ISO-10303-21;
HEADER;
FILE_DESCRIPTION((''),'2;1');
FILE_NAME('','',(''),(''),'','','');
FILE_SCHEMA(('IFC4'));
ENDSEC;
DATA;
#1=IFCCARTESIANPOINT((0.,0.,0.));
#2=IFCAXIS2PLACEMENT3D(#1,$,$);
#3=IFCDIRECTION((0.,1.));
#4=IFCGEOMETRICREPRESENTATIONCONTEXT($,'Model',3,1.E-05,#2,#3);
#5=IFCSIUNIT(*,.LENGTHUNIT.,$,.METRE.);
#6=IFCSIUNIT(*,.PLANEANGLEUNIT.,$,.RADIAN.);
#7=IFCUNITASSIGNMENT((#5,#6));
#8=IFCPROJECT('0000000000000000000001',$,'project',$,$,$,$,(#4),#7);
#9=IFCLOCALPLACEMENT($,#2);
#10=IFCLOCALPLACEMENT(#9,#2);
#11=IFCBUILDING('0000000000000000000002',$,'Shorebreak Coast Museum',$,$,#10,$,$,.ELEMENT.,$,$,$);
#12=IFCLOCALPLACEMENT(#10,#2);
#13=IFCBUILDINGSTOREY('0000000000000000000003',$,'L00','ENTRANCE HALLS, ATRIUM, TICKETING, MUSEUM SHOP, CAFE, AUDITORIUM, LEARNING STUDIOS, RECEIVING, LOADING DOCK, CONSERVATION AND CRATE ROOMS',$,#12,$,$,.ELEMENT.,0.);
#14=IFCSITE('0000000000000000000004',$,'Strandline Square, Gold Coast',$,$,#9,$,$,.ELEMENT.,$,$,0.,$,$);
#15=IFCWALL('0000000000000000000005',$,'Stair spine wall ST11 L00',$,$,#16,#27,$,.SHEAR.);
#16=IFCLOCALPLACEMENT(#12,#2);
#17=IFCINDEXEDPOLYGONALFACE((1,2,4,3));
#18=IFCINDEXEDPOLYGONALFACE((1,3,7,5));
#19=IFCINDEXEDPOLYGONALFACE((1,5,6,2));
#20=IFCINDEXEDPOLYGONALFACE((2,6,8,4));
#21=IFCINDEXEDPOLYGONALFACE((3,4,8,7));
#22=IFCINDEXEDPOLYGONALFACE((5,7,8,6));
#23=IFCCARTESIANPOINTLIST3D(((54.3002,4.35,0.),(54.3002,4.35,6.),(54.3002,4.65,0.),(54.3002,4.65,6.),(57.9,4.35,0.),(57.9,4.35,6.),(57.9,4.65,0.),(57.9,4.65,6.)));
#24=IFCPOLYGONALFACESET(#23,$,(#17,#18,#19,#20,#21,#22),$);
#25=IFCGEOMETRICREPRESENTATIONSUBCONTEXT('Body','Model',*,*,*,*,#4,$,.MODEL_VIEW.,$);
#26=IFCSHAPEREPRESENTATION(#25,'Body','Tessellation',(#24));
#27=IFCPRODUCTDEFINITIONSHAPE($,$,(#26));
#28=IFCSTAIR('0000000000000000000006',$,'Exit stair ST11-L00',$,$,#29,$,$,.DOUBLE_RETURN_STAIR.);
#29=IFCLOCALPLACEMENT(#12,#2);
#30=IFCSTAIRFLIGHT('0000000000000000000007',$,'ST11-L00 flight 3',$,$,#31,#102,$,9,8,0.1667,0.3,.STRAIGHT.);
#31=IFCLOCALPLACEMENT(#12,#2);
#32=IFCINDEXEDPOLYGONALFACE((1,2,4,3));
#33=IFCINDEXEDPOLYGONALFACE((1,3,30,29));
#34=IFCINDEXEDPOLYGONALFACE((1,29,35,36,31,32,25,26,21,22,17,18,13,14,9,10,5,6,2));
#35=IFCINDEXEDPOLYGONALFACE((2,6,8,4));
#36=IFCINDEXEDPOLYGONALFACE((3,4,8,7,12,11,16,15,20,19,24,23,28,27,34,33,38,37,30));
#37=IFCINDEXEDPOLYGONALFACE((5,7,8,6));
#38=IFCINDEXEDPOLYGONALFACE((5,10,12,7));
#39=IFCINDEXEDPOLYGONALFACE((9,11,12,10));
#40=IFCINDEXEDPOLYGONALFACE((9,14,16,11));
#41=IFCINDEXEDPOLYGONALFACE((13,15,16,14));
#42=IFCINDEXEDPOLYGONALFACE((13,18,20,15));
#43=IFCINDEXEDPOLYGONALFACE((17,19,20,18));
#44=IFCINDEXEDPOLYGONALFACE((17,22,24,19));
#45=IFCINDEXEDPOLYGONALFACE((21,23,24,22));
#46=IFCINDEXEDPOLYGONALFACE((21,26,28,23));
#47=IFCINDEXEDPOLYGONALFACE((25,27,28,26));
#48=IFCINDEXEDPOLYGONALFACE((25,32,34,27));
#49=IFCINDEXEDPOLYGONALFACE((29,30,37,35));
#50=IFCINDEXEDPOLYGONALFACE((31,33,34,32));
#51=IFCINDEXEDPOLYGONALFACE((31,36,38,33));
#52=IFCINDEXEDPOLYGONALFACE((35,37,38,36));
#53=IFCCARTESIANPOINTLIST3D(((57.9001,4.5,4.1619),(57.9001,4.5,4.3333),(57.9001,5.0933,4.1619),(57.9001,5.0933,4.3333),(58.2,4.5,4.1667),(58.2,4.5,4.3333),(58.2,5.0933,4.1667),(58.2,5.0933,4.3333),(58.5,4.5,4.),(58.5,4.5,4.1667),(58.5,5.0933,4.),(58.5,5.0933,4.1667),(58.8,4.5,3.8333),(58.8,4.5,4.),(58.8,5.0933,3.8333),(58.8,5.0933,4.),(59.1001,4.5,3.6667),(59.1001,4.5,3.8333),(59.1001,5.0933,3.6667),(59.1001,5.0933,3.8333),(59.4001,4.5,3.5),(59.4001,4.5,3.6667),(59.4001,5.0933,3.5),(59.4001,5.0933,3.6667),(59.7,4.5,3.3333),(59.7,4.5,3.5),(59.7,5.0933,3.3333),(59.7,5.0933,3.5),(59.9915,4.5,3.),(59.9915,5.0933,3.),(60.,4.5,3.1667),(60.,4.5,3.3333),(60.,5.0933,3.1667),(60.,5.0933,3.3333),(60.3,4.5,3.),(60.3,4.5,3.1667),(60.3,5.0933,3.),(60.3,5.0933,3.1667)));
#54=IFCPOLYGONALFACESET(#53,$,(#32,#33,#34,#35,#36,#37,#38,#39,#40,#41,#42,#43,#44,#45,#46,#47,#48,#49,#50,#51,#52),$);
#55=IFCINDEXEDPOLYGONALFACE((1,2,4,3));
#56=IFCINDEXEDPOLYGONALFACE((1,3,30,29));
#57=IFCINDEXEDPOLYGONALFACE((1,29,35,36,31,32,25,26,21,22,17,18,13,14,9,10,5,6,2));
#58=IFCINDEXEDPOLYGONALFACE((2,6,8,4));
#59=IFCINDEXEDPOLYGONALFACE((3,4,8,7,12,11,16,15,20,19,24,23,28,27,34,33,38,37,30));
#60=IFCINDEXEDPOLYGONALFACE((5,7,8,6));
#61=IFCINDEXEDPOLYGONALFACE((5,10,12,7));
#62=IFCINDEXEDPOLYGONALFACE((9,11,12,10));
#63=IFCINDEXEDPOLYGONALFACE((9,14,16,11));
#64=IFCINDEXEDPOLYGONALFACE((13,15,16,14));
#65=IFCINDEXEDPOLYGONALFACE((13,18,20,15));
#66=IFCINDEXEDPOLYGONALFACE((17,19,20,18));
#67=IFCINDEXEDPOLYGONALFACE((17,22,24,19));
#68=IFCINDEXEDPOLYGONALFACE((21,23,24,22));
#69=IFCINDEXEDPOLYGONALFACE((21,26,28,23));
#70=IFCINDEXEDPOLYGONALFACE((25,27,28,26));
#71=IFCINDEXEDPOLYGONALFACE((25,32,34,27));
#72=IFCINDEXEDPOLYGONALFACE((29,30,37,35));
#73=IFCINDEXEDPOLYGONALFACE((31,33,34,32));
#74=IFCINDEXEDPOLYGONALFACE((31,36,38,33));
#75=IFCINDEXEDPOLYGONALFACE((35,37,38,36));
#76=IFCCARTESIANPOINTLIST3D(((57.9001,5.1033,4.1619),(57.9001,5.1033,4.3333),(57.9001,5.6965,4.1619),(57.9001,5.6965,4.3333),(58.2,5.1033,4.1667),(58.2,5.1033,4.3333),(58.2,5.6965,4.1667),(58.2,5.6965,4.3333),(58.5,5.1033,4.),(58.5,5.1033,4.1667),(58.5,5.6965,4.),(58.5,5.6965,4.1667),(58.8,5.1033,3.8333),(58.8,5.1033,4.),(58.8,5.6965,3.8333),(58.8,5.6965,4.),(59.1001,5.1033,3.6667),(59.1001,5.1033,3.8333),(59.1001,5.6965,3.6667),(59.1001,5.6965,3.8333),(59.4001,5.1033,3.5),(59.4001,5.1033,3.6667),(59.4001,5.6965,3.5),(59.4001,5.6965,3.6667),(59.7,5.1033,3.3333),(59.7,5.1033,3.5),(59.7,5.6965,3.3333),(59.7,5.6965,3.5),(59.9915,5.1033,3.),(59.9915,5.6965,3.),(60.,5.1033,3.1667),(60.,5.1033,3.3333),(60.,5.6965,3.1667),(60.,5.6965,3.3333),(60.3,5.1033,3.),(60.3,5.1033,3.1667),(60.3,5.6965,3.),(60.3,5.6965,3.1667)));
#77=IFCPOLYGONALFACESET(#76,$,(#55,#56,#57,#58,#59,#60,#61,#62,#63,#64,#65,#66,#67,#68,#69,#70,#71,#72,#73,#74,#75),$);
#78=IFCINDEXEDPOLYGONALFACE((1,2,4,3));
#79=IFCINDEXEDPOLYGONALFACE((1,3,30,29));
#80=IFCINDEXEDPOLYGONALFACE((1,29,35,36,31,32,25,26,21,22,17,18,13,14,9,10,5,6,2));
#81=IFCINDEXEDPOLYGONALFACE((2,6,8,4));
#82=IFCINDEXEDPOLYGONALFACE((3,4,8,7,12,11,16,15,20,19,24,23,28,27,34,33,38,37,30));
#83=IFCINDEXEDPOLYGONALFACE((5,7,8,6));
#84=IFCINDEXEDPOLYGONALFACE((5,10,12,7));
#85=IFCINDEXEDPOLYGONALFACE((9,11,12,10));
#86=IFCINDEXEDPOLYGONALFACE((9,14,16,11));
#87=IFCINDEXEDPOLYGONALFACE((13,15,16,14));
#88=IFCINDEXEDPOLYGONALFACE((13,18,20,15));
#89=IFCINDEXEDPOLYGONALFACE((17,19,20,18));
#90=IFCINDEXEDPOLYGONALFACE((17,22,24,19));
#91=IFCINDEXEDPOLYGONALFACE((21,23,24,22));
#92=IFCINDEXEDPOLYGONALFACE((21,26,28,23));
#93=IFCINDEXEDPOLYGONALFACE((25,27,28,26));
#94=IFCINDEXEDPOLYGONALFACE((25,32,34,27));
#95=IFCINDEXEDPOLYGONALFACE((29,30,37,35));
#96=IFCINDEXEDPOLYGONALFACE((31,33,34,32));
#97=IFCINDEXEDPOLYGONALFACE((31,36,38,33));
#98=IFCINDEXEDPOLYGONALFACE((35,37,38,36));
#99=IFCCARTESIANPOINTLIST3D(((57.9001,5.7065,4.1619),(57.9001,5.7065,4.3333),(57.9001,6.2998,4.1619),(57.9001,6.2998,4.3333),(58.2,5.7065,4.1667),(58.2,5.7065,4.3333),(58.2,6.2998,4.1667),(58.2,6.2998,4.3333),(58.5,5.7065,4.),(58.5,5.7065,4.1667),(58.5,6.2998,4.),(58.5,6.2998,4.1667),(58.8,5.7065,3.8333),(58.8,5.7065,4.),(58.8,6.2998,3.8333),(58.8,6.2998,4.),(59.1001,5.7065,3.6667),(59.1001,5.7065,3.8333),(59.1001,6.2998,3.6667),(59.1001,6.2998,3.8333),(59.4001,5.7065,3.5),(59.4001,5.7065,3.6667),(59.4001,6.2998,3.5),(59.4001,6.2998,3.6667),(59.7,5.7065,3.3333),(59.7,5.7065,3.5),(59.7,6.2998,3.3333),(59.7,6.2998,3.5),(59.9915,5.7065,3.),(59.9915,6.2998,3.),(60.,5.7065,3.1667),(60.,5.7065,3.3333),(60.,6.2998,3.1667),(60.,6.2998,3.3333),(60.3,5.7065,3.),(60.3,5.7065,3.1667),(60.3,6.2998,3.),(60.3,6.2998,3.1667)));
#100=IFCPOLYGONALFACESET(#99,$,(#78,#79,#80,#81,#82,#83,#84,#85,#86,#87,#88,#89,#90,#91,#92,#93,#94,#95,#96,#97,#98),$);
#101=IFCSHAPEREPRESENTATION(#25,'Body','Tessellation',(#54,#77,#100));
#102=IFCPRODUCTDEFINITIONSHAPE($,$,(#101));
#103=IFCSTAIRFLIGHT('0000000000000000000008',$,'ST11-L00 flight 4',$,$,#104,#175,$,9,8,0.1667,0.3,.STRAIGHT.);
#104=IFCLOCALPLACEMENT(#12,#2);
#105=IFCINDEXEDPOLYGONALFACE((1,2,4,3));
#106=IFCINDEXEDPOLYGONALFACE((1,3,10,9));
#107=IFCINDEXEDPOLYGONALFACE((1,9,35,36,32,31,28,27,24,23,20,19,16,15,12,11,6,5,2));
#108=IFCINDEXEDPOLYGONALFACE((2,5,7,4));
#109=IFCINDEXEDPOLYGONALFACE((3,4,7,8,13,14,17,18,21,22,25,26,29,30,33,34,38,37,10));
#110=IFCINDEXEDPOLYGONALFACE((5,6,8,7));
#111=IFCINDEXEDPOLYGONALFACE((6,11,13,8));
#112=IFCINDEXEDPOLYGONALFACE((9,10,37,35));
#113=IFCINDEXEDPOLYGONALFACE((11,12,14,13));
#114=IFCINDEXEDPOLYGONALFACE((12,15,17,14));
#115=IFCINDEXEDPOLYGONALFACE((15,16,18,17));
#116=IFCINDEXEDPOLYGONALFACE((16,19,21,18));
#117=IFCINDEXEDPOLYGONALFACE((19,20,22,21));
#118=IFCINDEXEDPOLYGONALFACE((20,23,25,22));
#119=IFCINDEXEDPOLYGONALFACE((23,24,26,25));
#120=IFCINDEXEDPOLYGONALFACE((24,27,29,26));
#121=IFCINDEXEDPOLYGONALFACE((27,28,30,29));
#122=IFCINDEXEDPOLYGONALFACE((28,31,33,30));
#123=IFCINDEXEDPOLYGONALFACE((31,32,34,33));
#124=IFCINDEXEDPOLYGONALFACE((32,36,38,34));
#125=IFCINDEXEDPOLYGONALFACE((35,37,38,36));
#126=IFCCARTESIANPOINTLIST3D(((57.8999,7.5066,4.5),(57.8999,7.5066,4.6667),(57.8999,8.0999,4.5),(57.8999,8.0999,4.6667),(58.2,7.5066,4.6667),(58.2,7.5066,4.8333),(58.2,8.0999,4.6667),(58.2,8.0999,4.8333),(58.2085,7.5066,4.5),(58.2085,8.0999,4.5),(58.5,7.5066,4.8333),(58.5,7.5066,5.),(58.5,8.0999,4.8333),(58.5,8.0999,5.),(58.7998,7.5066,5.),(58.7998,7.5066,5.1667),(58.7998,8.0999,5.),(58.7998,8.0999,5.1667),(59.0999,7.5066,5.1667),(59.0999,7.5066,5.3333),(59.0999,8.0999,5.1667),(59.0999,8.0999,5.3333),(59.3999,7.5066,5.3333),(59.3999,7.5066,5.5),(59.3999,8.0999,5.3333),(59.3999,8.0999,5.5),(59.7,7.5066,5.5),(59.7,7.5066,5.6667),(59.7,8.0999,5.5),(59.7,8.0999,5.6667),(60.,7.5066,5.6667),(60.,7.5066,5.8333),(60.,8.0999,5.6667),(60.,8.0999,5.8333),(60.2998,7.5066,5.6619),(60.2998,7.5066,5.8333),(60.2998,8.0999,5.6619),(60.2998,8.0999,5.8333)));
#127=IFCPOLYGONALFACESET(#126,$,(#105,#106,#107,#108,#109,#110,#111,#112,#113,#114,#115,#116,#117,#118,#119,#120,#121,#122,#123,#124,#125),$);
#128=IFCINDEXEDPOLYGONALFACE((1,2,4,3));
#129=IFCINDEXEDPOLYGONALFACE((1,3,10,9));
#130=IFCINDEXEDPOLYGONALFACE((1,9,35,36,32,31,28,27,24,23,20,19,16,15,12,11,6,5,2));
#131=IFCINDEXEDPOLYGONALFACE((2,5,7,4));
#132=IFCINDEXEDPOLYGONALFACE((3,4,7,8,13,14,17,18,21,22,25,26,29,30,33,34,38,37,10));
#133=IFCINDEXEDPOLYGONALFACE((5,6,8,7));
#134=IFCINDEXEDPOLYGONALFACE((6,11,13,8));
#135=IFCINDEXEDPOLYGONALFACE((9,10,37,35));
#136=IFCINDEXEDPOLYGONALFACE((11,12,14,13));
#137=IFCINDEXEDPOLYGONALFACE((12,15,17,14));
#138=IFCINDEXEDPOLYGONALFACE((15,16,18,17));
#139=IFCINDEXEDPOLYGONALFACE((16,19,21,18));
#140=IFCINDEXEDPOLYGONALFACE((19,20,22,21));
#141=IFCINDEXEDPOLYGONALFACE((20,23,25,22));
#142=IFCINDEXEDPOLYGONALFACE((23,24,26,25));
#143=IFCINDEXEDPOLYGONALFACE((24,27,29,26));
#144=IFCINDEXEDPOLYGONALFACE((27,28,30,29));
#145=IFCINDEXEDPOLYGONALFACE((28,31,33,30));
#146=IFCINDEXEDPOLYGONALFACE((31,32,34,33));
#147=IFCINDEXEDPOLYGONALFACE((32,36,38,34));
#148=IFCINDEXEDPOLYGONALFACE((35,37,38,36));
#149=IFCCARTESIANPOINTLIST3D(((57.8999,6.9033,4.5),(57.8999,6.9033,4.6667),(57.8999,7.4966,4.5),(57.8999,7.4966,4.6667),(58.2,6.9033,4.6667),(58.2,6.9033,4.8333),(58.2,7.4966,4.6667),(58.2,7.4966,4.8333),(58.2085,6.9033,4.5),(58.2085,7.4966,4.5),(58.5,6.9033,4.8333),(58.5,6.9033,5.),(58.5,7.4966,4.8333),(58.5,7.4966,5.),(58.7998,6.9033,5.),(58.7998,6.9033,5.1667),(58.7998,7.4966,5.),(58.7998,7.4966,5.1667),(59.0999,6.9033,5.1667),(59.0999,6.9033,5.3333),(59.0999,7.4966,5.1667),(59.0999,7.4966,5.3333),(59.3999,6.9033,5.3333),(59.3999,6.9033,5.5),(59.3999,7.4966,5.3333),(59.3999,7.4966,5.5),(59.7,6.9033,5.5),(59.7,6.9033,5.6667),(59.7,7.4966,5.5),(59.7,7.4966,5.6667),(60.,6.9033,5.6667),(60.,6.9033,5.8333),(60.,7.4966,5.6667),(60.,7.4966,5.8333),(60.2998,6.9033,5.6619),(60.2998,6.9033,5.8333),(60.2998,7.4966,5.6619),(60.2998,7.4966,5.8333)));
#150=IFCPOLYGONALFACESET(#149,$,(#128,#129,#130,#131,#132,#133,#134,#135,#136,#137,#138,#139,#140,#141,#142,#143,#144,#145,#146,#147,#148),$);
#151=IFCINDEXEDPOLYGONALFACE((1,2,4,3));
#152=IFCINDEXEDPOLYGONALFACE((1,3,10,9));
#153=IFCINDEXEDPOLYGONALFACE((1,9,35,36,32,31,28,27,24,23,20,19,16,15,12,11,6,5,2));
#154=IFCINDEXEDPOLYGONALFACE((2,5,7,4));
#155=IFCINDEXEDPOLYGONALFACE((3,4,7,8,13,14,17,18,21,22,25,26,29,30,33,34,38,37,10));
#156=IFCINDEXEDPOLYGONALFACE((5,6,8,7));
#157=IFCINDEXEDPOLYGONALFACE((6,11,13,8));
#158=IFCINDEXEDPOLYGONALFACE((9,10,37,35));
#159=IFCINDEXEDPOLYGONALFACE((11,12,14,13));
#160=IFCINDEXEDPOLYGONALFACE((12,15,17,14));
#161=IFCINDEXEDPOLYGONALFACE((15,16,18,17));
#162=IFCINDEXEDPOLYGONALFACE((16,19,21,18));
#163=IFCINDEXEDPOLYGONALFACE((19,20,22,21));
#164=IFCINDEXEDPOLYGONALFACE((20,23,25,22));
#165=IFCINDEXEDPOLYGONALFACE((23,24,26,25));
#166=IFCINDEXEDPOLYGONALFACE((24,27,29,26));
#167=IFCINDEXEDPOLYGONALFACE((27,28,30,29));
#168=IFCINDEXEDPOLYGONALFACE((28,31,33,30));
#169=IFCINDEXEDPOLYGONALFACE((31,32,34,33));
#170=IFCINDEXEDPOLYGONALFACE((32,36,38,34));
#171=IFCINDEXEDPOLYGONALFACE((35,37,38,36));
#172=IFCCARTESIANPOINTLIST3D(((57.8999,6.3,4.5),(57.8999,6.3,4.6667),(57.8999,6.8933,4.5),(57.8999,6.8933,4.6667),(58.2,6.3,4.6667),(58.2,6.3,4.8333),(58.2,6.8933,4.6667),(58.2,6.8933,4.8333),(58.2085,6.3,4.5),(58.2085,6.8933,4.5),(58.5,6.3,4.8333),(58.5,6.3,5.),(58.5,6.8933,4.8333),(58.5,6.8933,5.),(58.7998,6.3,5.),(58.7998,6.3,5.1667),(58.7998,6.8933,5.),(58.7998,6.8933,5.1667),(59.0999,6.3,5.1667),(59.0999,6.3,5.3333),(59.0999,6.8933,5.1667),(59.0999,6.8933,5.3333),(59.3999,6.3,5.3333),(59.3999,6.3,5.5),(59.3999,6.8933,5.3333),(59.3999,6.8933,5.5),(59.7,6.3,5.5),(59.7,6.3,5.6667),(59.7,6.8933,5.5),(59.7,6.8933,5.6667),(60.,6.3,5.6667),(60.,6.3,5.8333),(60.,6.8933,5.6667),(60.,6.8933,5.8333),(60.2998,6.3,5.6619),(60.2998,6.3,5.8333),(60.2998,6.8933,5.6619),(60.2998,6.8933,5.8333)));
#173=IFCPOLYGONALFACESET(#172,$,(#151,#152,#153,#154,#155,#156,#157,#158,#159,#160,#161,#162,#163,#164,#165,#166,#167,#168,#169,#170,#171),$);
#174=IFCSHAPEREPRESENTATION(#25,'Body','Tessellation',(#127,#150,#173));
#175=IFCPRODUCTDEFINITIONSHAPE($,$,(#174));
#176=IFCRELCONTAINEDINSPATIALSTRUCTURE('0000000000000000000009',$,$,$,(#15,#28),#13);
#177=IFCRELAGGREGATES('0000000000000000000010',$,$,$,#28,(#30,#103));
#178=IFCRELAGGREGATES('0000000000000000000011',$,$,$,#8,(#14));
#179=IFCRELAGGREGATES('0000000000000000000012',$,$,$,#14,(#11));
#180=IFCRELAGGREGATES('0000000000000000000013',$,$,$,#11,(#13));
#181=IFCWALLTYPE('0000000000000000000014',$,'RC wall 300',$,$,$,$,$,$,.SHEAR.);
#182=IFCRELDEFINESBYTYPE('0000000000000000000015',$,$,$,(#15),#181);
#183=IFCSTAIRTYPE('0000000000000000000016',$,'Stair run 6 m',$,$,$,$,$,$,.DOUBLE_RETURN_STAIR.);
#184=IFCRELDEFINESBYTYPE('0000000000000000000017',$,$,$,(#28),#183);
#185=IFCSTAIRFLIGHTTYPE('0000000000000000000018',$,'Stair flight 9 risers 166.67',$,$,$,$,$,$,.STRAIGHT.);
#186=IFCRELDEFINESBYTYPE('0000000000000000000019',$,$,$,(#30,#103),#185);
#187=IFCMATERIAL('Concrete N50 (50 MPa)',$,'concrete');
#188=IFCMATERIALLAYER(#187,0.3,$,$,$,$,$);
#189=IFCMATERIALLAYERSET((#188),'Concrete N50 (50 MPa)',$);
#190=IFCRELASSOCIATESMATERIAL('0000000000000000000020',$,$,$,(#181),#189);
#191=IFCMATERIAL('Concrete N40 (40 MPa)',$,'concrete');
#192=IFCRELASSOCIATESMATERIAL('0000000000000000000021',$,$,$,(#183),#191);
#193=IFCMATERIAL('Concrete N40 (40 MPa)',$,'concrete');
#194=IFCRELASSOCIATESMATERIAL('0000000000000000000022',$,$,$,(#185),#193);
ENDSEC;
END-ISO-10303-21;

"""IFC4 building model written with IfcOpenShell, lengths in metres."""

from ifc_helpers import new_model, si_unit, direction, frame, frame_2d, origin, place, context, subcontext, project, spatial, polyline, rectangle, outline, extrude, material, layer, layer_set, type_object, element, aggregate, save


model = new_model("IFC4")

# Units and contexts
model_context = context("Model", 3, precision=1e-05, world=origin(), true_north=direction((0.0, 1.0)))
body_context = subcontext(model_context, "Body", "Model", "MODEL_VIEW")
ifc_project = project(units=[si_unit("LENGTHUNIT", "METRE"), si_unit("PLANEANGLEUNIT", "RADIAN")], contexts=[model_context])

# Site, building, storey
site_placement = place(None, origin())
site = spatial("IfcSite", under=ifc_project, at=site_placement, Name="Strandline Square, Gold Coast", CompositionType="ELEMENT", RefElevation=0.0)
building_placement = place(site_placement, origin())
building = spatial("IfcBuilding", under=site, at=building_placement, Name="Shorebreak Coast Museum", CompositionType="ELEMENT")
storey_placement = place(building_placement, origin())
storey = spatial("IfcBuildingStorey", under=building, at=storey_placement, Name="L00", Description="ENTRANCE HALLS, ATRIUM, TICKETING, MUSEUM SHOP, CAFE, AUDITORIUM, LEARNING STUDIOS, RECEIVING, LOADING DOCK, CONSERVATION AND CRATE ROOMS", CompositionType="ELEMENT", Elevation=0.0)

# Wall
ifc_material_1 = material(Name="Concrete N50 (50 MPa)", Category="concrete")
ifc_layer_1 = layer(ifc_material_1, 0.3)
ifc_layer_set_1 = layer_set([ifc_layer_1], Name="Concrete N50 (50 MPa)")
wall_type_1 = type_object("IfcWallType", Name="RC wall 300", PredefinedType="SHEAR", material=ifc_layer_set_1)
wall_1_placement = place(storey_placement, frame((57.8999, 4.5, 0.0), z_axis=(0.0, 0.0, 1.0), x_axis=(-1.0, 0.0, 0.0)))
element("IfcWall", 1, at=wall_1_placement, inside=storey, type_object=wall_type_1, Name="Stair spine wall ST11 L00", PredefinedType="SHEAR", context=body_context, shape_type="SweptSolid", body=[
    extrude(rectangle(XDim=3.5999, YDim=0.3, at=frame_2d((1.7998, 0.0))), origin(), (0.0, 0.0, 1.0), 6.0),
])

# Stair, stair flights
ifc_material_2 = material(Name="Concrete N40 (40 MPa)", Category="concrete")
stair_type = type_object("IfcStairType", Name="Stair run 6 m", PredefinedType="DOUBLE_RETURN_STAIR", material=ifc_material_2)
stair_placement = place(storey_placement, origin())
stair = element("IfcStair", 2, at=stair_placement, inside=storey, type_object=stair_type, Name="Exit stair ST11-L00", PredefinedType="DOUBLE_RETURN_STAIR")
ifc_material_3 = material(Name="Concrete N40 (40 MPa)", Category="concrete")
stair_flight_type = type_object("IfcStairFlightType", Name="Stair flight 9 risers 166.67", PredefinedType="STRAIGHT", material=ifc_material_3)
stair_flight_1_placement = place(storey_placement, frame((60.3, 5.3999, 3.0), z_axis=(0.0, 0.0, 1.0), x_axis=(-1.0, 0.0, 0.0)))
stair_flight_1 = element("IfcStairFlight", 3, at=stair_flight_1_placement, type_object=stair_flight_type, Name="ST11-L00 flight 3", NumberOfRisers=9, NumberOfTreads=8, PredefinedType="STRAIGHT", RiserHeight=0.1667, TreadLength=0.3, context=body_context, shape_type="SweptSolid", body=[
    extrude(outline(polyline([(0.0, 0.0), (0.0, 0.1667), (0.3, 0.1667), (0.3, 0.3333), (0.6001, 0.3333), (0.6001, 0.5), (0.8999, 0.5), (0.8999, 0.6667), (1.2, 0.6667), (1.2, 0.8333), (1.5, 0.8333), (1.5, 1.0), (1.8, 1.0), (1.8, 1.1667), (2.1001, 1.1667), (2.1001, 1.3333), (2.3999, 1.3333), (2.3999, 1.5), (2.3999, 1.1619), (0.3086, 0.0), (0.0, 0.0)])), frame((0.0, 0.8999, 0.0), z_axis=(0.0, -1.0, 0.0), x_axis=(1.0, 0.0, 0.0)), (0.0, 0.0, 1.0), 0.5933),
    extrude(outline(polyline([(0.0, 0.0), (0.0, 0.1667), (0.3, 0.1667), (0.3, 0.3333), (0.6001, 0.3333), (0.6001, 0.5), (0.8999, 0.5), (0.8999, 0.6667), (1.2, 0.6667), (1.2, 0.8333), (1.5, 0.8333), (1.5, 1.0), (1.8, 1.0), (1.8, 1.1667), (2.1001, 1.1667), (2.1001, 1.3333), (2.3999, 1.3333), (2.3999, 1.5), (2.3999, 1.1619), (0.3086, 0.0), (0.0, 0.0)])), frame((0.0, 0.2966, 0.0), z_axis=(0.0, -1.0, 0.0), x_axis=(1.0, 0.0, 0.0)), (0.0, 0.0, 1.0), 0.5933),
    extrude(outline(polyline([(0.0, 0.0), (0.0, 0.1667), (0.3, 0.1667), (0.3, 0.3333), (0.6001, 0.3333), (0.6001, 0.5), (0.8999, 0.5), (0.8999, 0.6667), (1.2, 0.6667), (1.2, 0.8333), (1.5, 0.8333), (1.5, 1.0), (1.8, 1.0), (1.8, 1.1667), (2.1001, 1.1667), (2.1001, 1.3333), (2.3999, 1.3333), (2.3999, 1.5), (2.3999, 1.1619), (0.3086, 0.0), (0.0, 0.0)])), frame((0.0, -0.3066, 0.0), z_axis=(0.0, -1.0, 0.0), x_axis=(1.0, 0.0, 0.0)), (0.0, 0.0, 1.0), 0.5933),
])
stair_flight_2_placement = place(storey_placement, frame((57.8999, 7.2, 4.5), z_axis=(0.0, 0.0, 1.0), x_axis=(1.0, 0.0, 0.0)))
stair_flight_2 = element("IfcStairFlight", 4, at=stair_flight_2_placement, type_object=stair_flight_type, Name="ST11-L00 flight 4", NumberOfRisers=9, NumberOfTreads=8, PredefinedType="STRAIGHT", RiserHeight=0.1667, TreadLength=0.3, context=body_context, shape_type="SweptSolid", body=[
    extrude(outline(polyline([(0.0, 0.0), (0.0, 0.1667), (0.3, 0.1667), (0.3, 0.3333), (0.6001, 0.3333), (0.6001, 0.5), (0.8999, 0.5), (0.8999, 0.6667), (1.2, 0.6667), (1.2, 0.8333), (1.5, 0.8333), (1.5, 1.0), (1.8, 1.0), (1.8, 1.1667), (2.1001, 1.1667), (2.1001, 1.3333), (2.3999, 1.3333), (2.3999, 1.5), (2.3999, 1.1619), (0.3086, 0.0), (0.0, 0.0)])), frame((0.0, 0.8999, 0.0), z_axis=(0.0, -1.0, 0.0), x_axis=(1.0, 0.0, 0.0)), (0.0, 0.0, 1.0), 0.5933),
    extrude(outline(polyline([(0.0, 0.0), (0.0, 0.1667), (0.3, 0.1667), (0.3, 0.3333), (0.6001, 0.3333), (0.6001, 0.5), (0.8999, 0.5), (0.8999, 0.6667), (1.2, 0.6667), (1.2, 0.8333), (1.5, 0.8333), (1.5, 1.0), (1.8, 1.0), (1.8, 1.1667), (2.1001, 1.1667), (2.1001, 1.3333), (2.3999, 1.3333), (2.3999, 1.5), (2.3999, 1.1619), (0.3086, 0.0), (0.0, 0.0)])), frame((0.0, 0.2966, 0.0), z_axis=(0.0, -1.0, 0.0), x_axis=(1.0, 0.0, 0.0)), (0.0, 0.0, 1.0), 0.5933),
    extrude(outline(polyline([(0.0, 0.0), (0.0, 0.1667), (0.3, 0.1667), (0.3, 0.3333), (0.6001, 0.3333), (0.6001, 0.5), (0.8999, 0.5), (0.8999, 0.6667), (1.2, 0.6667), (1.2, 0.8333), (1.5, 0.8333), (1.5, 1.0), (1.8, 1.0), (1.8, 1.1667), (2.1001, 1.1667), (2.1001, 1.3333), (2.3999, 1.3333), (2.3999, 1.5), (2.3999, 1.1619), (0.3086, 0.0), (0.0, 0.0)])), frame((0.0, -0.3066, 0.0), z_axis=(0.0, -1.0, 0.0), x_axis=(1.0, 0.0, 0.0)), (0.0, 0.0, 1.0), 0.5933),
])
aggregate(stair, [stair_flight_1, stair_flight_2])

save(model, "model.ifc")
